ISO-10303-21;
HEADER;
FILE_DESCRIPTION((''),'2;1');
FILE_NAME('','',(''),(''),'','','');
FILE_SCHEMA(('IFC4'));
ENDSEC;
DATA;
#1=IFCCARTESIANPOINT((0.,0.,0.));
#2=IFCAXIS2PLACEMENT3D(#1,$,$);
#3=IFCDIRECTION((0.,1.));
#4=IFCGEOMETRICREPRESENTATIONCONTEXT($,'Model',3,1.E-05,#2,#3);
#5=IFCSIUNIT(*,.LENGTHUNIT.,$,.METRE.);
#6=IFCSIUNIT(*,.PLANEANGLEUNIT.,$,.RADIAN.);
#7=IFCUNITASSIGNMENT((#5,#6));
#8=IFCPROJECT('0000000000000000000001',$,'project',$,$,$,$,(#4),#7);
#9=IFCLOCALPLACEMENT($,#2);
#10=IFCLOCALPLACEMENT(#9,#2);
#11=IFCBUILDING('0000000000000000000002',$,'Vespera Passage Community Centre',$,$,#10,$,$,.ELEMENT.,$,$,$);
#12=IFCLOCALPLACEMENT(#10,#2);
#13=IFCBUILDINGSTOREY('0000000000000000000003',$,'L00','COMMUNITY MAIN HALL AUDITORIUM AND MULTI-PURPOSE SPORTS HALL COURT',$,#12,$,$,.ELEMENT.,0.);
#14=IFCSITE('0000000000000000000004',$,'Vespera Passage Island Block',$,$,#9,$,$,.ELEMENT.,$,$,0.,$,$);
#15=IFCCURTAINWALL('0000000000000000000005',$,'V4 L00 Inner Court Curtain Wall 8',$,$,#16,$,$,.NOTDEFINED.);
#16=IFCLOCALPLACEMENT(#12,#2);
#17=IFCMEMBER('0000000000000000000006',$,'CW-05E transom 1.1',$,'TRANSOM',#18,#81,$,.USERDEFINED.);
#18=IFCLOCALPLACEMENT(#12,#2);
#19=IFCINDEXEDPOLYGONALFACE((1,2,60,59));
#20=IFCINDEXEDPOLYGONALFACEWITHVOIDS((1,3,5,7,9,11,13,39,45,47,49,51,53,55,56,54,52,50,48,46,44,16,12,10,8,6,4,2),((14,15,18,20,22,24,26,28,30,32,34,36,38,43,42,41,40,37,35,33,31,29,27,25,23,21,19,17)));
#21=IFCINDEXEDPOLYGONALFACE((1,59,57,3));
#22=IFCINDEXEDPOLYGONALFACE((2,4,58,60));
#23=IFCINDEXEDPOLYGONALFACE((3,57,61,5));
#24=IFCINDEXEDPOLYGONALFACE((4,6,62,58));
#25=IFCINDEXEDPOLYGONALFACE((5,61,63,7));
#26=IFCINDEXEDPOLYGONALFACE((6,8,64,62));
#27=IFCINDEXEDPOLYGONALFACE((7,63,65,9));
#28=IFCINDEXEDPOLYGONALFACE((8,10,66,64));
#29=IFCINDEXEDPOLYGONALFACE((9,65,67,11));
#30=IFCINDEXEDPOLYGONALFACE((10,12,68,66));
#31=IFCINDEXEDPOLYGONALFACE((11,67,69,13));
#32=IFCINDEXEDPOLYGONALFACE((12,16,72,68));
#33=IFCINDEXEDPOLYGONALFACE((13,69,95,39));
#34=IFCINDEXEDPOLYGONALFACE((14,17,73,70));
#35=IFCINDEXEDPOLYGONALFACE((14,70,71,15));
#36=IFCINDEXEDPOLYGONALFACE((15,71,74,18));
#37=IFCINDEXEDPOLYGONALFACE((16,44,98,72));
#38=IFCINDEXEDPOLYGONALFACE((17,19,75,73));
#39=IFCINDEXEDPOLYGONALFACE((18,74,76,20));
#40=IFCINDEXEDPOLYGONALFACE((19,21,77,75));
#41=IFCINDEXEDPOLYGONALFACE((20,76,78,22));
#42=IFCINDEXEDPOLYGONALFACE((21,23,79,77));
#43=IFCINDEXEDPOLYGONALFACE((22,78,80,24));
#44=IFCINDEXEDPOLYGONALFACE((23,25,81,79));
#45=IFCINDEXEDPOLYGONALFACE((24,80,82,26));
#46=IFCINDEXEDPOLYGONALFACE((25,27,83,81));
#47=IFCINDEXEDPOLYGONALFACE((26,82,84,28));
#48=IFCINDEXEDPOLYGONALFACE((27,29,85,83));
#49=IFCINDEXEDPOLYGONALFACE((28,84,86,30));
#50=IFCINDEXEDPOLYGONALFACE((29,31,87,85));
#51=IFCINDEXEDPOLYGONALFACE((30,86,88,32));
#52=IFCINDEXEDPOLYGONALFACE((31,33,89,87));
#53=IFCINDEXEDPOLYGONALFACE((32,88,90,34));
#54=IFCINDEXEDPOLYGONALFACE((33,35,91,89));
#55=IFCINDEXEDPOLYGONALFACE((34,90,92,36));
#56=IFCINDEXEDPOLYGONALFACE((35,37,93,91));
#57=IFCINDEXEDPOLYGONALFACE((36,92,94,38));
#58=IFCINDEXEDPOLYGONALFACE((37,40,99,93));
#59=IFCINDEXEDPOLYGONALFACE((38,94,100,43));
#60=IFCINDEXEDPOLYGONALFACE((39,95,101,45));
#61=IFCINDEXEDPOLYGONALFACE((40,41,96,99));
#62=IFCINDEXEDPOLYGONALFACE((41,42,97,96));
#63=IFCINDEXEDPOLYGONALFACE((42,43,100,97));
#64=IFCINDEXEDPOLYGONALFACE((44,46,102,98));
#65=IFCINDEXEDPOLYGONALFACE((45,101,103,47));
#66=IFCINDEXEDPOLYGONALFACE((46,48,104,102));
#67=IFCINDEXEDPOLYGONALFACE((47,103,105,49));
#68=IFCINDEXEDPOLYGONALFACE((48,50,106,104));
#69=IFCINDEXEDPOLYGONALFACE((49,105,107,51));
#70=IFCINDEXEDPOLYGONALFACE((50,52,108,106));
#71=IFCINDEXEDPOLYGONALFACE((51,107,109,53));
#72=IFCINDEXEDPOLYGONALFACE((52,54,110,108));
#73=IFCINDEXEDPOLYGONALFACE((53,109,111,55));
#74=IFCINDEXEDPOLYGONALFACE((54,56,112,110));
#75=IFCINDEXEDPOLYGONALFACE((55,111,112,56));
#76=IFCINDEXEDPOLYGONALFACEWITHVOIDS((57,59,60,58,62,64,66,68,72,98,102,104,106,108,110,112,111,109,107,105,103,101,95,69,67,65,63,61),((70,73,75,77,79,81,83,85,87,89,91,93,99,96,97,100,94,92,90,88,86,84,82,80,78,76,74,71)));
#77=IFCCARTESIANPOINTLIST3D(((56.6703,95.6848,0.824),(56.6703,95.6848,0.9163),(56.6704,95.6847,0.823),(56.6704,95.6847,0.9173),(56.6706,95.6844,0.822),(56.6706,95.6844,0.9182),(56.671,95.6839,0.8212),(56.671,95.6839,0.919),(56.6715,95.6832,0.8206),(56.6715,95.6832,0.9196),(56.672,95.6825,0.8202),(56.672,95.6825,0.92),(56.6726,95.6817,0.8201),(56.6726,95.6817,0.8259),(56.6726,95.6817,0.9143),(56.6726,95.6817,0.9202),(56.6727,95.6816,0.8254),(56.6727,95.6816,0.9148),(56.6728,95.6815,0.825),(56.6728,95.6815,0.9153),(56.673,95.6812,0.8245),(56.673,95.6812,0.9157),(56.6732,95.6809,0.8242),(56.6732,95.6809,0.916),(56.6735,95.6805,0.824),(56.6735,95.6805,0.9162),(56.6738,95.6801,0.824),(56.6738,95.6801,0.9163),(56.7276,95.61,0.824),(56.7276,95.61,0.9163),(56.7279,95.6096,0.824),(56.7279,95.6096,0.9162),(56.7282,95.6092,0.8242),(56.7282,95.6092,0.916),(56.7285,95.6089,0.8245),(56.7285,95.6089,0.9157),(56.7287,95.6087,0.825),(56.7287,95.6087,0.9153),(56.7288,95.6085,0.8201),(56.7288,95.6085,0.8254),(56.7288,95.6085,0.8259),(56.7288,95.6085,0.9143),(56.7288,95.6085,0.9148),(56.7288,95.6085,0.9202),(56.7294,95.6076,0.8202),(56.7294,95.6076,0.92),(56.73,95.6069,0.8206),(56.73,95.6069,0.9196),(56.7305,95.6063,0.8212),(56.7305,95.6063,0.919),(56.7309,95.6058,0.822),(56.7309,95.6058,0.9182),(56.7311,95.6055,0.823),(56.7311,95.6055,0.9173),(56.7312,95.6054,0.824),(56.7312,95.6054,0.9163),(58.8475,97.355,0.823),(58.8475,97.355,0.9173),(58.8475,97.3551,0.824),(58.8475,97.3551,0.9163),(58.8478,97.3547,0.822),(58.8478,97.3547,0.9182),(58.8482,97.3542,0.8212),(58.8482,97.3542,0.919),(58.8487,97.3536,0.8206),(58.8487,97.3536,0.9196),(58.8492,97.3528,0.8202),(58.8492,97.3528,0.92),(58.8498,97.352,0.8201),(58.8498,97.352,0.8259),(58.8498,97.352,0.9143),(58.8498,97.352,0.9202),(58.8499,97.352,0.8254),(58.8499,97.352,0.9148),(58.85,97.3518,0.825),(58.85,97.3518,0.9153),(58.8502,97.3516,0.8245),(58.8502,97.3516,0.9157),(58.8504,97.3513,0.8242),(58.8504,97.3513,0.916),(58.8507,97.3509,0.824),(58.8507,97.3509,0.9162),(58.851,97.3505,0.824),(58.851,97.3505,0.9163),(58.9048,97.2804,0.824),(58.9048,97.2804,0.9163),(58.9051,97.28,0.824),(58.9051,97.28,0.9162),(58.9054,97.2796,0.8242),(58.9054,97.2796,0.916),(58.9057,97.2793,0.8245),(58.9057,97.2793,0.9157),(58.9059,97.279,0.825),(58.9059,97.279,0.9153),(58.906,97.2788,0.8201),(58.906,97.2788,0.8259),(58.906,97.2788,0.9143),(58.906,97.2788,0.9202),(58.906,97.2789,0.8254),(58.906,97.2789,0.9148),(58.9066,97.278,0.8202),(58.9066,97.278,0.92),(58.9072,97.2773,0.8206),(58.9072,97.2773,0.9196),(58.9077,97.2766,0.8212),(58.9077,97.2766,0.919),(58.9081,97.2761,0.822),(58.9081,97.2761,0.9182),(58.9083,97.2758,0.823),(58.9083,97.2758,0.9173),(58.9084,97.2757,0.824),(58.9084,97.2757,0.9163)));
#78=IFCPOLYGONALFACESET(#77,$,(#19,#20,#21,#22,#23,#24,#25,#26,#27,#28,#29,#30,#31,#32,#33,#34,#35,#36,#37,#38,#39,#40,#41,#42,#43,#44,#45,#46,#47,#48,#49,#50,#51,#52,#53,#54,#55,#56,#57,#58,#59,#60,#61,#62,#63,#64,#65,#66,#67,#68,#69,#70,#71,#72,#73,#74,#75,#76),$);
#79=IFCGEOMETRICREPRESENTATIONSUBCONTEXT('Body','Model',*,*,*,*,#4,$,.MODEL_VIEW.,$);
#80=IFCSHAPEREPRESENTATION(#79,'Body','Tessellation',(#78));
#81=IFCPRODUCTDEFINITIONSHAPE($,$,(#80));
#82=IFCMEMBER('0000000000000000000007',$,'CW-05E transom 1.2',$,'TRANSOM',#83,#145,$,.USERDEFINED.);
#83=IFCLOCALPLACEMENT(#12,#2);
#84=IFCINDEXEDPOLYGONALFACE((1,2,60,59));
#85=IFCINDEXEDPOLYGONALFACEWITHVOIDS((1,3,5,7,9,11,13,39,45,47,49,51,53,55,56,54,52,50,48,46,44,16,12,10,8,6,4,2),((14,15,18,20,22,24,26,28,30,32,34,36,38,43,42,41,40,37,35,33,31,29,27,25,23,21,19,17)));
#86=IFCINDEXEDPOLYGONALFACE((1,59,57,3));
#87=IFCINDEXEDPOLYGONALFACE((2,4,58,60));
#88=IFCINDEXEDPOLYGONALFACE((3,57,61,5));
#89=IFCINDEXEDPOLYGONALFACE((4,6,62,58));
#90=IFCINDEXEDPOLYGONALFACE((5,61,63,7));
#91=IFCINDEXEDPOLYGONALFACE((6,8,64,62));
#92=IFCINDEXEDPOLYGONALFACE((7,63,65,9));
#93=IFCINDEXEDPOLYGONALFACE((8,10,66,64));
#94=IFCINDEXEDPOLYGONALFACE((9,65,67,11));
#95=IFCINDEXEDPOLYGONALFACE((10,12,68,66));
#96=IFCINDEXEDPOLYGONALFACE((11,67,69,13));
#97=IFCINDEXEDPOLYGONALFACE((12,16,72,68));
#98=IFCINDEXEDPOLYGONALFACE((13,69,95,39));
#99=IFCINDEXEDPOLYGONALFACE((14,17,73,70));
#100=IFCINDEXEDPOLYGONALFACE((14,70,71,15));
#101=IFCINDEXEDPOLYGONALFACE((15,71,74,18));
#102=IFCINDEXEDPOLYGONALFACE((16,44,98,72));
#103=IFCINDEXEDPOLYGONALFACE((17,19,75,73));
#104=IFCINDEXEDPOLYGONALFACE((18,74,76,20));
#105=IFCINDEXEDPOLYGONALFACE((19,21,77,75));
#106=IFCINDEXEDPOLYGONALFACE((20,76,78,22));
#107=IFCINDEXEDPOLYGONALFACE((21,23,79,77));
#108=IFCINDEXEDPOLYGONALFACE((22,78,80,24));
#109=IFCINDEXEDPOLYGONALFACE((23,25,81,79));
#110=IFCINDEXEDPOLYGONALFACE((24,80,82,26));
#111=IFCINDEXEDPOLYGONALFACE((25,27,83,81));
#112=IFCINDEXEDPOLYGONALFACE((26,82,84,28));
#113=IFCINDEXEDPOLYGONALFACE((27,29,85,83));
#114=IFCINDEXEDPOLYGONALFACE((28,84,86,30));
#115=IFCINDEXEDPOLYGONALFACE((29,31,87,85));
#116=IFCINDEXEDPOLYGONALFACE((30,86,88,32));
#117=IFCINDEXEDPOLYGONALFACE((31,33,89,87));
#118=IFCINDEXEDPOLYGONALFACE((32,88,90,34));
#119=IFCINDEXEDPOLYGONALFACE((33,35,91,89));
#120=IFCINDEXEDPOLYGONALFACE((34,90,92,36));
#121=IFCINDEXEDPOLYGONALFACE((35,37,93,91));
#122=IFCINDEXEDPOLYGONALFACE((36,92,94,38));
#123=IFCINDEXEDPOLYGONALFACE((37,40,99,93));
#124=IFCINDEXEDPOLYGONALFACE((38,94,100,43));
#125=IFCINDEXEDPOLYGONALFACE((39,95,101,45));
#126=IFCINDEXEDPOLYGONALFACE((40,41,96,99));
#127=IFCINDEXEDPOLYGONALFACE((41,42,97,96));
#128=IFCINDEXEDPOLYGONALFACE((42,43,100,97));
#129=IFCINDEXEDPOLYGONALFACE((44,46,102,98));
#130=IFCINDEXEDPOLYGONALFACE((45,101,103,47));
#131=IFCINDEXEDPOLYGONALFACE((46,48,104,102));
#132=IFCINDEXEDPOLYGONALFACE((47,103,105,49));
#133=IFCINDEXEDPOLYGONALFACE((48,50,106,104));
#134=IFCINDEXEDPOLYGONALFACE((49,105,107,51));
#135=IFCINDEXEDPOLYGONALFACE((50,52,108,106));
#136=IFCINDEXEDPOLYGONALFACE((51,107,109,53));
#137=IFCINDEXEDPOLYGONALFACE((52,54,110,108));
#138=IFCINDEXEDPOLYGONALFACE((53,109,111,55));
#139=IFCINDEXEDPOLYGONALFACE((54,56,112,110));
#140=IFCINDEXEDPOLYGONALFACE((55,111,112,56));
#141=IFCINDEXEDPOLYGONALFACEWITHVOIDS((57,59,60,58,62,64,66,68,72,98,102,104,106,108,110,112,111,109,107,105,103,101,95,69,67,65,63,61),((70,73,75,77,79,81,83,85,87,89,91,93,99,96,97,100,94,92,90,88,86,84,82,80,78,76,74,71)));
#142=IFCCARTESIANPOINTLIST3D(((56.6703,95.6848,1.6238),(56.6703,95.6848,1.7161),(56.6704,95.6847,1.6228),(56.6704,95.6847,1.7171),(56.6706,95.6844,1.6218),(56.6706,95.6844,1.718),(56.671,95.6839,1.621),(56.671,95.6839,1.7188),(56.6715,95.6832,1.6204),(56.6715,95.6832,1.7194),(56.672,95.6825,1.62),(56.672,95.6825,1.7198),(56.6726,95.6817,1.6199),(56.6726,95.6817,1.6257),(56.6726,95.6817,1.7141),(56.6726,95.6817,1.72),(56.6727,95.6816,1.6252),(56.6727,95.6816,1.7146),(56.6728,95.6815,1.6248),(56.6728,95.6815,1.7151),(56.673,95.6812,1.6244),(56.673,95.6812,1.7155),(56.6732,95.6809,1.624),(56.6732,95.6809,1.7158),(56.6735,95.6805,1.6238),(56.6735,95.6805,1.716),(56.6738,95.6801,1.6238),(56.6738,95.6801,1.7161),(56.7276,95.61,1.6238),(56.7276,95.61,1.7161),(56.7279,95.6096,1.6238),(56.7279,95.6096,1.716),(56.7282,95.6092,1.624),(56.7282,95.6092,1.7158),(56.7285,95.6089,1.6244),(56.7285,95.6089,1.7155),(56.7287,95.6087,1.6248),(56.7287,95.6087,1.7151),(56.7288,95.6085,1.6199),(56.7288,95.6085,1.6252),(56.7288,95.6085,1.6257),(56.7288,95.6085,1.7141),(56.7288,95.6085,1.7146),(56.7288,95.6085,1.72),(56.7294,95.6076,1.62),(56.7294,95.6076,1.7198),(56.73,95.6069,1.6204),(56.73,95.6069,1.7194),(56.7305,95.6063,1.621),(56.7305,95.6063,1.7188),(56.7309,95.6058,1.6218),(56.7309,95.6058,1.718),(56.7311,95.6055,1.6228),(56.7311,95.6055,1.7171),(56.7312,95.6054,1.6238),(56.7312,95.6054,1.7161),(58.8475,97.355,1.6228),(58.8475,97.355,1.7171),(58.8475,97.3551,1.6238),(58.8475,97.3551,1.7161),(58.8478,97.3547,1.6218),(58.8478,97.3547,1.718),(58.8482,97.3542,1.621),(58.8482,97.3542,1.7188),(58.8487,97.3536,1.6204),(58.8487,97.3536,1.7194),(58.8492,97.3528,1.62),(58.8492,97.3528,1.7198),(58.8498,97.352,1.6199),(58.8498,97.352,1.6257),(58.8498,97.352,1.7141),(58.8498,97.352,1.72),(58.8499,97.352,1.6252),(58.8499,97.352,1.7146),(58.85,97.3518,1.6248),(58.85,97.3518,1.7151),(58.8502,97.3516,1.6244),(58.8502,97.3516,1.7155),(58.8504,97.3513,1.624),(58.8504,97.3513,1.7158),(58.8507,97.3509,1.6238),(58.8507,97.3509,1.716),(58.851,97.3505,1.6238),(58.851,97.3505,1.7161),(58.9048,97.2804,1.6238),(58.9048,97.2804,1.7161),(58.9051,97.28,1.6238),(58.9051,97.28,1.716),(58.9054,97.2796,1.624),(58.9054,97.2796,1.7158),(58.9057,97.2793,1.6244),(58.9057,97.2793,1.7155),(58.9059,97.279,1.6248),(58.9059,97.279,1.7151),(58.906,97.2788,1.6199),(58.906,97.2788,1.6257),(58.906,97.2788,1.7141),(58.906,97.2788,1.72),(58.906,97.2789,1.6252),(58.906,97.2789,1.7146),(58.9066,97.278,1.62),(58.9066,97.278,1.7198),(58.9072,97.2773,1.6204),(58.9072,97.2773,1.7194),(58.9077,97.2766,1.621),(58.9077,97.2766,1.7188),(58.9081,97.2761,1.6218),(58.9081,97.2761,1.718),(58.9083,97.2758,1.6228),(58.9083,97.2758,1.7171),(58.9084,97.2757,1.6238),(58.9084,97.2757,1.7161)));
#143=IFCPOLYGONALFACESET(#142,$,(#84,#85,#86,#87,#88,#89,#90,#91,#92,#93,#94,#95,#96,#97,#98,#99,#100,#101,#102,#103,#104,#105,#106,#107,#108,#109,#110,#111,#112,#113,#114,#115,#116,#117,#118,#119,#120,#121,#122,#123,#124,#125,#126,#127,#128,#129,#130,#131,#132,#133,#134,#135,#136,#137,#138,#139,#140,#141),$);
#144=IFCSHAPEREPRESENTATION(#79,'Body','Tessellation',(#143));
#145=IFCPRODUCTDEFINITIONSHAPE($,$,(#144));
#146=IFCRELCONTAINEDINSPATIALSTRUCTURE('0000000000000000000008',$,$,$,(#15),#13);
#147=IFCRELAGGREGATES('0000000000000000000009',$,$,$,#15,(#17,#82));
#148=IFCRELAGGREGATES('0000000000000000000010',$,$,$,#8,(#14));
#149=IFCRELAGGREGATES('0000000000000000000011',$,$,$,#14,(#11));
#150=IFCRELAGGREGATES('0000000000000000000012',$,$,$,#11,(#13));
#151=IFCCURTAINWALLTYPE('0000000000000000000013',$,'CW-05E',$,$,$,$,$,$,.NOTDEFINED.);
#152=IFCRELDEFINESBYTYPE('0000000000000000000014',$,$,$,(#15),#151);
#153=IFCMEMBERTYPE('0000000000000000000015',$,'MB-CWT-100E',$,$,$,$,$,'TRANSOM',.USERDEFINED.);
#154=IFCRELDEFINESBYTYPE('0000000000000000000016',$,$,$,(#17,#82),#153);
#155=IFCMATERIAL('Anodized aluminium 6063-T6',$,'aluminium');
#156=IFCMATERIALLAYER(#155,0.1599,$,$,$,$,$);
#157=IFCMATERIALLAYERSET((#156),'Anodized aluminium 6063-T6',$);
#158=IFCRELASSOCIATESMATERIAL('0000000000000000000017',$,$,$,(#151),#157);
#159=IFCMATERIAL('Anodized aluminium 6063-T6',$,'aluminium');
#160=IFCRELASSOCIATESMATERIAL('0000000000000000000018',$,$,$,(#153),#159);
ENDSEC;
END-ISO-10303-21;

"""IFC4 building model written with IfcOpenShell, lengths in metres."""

from ifc_helpers import new_model, si_unit, direction, frame, origin, origin_2d, place, context, subcontext, project, spatial, hollow_rectangle, extrude, material, layer, layer_set, material_profile, profile_set, type_object, element, aggregate, save


model = new_model("IFC4")

# Units and contexts
model_context = context("Model", 3, precision=1e-05, world=origin(), true_north=direction((0.0, 1.0)))
body_context = subcontext(model_context, "Body", "Model", "MODEL_VIEW")
ifc_project = project(units=[si_unit("LENGTHUNIT", "METRE"), si_unit("PLANEANGLEUNIT", "RADIAN")], contexts=[model_context])

# Site, building, storey
site_placement = place(None, origin())
site = spatial("IfcSite", under=ifc_project, at=site_placement, Name="Vespera Passage Island Block", CompositionType="ELEMENT", RefElevation=0.0)
building_placement = place(site_placement, origin())
building = spatial("IfcBuilding", under=site, at=building_placement, Name="Vespera Passage Community Centre", CompositionType="ELEMENT")
storey_placement = place(building_placement, origin())
storey = spatial("IfcBuildingStorey", under=building, at=storey_placement, Name="L00", Description="COMMUNITY MAIN HALL AUDITORIUM AND MULTI-PURPOSE SPORTS HALL COURT", CompositionType="ELEMENT", Elevation=0.0)

# Curtain wall, members
ifc_material_1 = material(Name="Anodized aluminium 6063-T6", Category="aluminium")
ifc_layer_1 = layer(ifc_material_1, 0.1599)
ifc_layer_set_1 = layer_set([ifc_layer_1], Name="Anodized aluminium 6063-T6")
curtain_wall_type = type_object("IfcCurtainWallType", Name="CW-05E", PredefinedType="NOTDEFINED", material=ifc_layer_set_1)
curtain_wall_placement = place(storey_placement, origin())
curtain_wall = element("IfcCurtainWall", 1, at=curtain_wall_placement, inside=storey, type_object=curtain_wall_type, Name="V4 L00 Inner Court Curtain Wall 8", PredefinedType="NOTDEFINED")
ifc_material_2 = material(Name="Anodized aluminium 6063-T6", Category="aluminium")
ifc_material_profile_1 = material_profile(ifc_material_2, hollow_rectangle(XDim=0.1001, YDim=0.1001, WallThickness=0.0039, InnerFilletRadius=0.002, OuterFilletRadius=0.0039, at=origin_2d()), Name="ALU100X100X4")
ifc_profile_set_1 = profile_set([ifc_material_profile_1], Name="Anodized aluminium 6063-T6")
member_type_1 = type_object("IfcMemberType", Name="MB-CWT-100E", ElementType="TRANSOM", PredefinedType="USERDEFINED", material=ifc_profile_set_1)
member_1_placement = place(storey_placement, frame((58.8779, 97.3154, 0.8701), z_axis=(-0.793397, -0.608704, 0.0), x_axis=(0.608704, -0.793397, 0.0)))
member_1 = element("IfcMember", 2, at=member_1_placement, type_object=member_type_1, Name="CW-05E transom 1.1", ObjectType="TRANSOM", PredefinedType="USERDEFINED", context=body_context, shape_type="SweptSolid", body=[
    extrude(hollow_rectangle(XDim=0.1001, YDim=0.1001, WallThickness=0.0039, InnerFilletRadius=0.002, OuterFilletRadius=0.0039, at=origin_2d()), origin(), (0.0, 0.0, 1.0), 2.7441),
])
member_2_placement = place(storey_placement, frame((58.8779, 97.3154, 1.6699), z_axis=(-0.793397, -0.608704, 0.0), x_axis=(0.608704, -0.793397, 0.0)))
member_2 = element("IfcMember", 3, at=member_2_placement, type_object=member_type_1, Name="CW-05E transom 1.2", ObjectType="TRANSOM", PredefinedType="USERDEFINED", context=body_context, shape_type="SweptSolid", body=[
    extrude(hollow_rectangle(XDim=0.1001, YDim=0.1001, WallThickness=0.0039, InnerFilletRadius=0.002, OuterFilletRadius=0.0039, at=origin_2d()), origin(), (0.0, 0.0, 1.0), 2.7441),
])
aggregate(curtain_wall, [member_1, member_2])

save(model, "model.ifc")
